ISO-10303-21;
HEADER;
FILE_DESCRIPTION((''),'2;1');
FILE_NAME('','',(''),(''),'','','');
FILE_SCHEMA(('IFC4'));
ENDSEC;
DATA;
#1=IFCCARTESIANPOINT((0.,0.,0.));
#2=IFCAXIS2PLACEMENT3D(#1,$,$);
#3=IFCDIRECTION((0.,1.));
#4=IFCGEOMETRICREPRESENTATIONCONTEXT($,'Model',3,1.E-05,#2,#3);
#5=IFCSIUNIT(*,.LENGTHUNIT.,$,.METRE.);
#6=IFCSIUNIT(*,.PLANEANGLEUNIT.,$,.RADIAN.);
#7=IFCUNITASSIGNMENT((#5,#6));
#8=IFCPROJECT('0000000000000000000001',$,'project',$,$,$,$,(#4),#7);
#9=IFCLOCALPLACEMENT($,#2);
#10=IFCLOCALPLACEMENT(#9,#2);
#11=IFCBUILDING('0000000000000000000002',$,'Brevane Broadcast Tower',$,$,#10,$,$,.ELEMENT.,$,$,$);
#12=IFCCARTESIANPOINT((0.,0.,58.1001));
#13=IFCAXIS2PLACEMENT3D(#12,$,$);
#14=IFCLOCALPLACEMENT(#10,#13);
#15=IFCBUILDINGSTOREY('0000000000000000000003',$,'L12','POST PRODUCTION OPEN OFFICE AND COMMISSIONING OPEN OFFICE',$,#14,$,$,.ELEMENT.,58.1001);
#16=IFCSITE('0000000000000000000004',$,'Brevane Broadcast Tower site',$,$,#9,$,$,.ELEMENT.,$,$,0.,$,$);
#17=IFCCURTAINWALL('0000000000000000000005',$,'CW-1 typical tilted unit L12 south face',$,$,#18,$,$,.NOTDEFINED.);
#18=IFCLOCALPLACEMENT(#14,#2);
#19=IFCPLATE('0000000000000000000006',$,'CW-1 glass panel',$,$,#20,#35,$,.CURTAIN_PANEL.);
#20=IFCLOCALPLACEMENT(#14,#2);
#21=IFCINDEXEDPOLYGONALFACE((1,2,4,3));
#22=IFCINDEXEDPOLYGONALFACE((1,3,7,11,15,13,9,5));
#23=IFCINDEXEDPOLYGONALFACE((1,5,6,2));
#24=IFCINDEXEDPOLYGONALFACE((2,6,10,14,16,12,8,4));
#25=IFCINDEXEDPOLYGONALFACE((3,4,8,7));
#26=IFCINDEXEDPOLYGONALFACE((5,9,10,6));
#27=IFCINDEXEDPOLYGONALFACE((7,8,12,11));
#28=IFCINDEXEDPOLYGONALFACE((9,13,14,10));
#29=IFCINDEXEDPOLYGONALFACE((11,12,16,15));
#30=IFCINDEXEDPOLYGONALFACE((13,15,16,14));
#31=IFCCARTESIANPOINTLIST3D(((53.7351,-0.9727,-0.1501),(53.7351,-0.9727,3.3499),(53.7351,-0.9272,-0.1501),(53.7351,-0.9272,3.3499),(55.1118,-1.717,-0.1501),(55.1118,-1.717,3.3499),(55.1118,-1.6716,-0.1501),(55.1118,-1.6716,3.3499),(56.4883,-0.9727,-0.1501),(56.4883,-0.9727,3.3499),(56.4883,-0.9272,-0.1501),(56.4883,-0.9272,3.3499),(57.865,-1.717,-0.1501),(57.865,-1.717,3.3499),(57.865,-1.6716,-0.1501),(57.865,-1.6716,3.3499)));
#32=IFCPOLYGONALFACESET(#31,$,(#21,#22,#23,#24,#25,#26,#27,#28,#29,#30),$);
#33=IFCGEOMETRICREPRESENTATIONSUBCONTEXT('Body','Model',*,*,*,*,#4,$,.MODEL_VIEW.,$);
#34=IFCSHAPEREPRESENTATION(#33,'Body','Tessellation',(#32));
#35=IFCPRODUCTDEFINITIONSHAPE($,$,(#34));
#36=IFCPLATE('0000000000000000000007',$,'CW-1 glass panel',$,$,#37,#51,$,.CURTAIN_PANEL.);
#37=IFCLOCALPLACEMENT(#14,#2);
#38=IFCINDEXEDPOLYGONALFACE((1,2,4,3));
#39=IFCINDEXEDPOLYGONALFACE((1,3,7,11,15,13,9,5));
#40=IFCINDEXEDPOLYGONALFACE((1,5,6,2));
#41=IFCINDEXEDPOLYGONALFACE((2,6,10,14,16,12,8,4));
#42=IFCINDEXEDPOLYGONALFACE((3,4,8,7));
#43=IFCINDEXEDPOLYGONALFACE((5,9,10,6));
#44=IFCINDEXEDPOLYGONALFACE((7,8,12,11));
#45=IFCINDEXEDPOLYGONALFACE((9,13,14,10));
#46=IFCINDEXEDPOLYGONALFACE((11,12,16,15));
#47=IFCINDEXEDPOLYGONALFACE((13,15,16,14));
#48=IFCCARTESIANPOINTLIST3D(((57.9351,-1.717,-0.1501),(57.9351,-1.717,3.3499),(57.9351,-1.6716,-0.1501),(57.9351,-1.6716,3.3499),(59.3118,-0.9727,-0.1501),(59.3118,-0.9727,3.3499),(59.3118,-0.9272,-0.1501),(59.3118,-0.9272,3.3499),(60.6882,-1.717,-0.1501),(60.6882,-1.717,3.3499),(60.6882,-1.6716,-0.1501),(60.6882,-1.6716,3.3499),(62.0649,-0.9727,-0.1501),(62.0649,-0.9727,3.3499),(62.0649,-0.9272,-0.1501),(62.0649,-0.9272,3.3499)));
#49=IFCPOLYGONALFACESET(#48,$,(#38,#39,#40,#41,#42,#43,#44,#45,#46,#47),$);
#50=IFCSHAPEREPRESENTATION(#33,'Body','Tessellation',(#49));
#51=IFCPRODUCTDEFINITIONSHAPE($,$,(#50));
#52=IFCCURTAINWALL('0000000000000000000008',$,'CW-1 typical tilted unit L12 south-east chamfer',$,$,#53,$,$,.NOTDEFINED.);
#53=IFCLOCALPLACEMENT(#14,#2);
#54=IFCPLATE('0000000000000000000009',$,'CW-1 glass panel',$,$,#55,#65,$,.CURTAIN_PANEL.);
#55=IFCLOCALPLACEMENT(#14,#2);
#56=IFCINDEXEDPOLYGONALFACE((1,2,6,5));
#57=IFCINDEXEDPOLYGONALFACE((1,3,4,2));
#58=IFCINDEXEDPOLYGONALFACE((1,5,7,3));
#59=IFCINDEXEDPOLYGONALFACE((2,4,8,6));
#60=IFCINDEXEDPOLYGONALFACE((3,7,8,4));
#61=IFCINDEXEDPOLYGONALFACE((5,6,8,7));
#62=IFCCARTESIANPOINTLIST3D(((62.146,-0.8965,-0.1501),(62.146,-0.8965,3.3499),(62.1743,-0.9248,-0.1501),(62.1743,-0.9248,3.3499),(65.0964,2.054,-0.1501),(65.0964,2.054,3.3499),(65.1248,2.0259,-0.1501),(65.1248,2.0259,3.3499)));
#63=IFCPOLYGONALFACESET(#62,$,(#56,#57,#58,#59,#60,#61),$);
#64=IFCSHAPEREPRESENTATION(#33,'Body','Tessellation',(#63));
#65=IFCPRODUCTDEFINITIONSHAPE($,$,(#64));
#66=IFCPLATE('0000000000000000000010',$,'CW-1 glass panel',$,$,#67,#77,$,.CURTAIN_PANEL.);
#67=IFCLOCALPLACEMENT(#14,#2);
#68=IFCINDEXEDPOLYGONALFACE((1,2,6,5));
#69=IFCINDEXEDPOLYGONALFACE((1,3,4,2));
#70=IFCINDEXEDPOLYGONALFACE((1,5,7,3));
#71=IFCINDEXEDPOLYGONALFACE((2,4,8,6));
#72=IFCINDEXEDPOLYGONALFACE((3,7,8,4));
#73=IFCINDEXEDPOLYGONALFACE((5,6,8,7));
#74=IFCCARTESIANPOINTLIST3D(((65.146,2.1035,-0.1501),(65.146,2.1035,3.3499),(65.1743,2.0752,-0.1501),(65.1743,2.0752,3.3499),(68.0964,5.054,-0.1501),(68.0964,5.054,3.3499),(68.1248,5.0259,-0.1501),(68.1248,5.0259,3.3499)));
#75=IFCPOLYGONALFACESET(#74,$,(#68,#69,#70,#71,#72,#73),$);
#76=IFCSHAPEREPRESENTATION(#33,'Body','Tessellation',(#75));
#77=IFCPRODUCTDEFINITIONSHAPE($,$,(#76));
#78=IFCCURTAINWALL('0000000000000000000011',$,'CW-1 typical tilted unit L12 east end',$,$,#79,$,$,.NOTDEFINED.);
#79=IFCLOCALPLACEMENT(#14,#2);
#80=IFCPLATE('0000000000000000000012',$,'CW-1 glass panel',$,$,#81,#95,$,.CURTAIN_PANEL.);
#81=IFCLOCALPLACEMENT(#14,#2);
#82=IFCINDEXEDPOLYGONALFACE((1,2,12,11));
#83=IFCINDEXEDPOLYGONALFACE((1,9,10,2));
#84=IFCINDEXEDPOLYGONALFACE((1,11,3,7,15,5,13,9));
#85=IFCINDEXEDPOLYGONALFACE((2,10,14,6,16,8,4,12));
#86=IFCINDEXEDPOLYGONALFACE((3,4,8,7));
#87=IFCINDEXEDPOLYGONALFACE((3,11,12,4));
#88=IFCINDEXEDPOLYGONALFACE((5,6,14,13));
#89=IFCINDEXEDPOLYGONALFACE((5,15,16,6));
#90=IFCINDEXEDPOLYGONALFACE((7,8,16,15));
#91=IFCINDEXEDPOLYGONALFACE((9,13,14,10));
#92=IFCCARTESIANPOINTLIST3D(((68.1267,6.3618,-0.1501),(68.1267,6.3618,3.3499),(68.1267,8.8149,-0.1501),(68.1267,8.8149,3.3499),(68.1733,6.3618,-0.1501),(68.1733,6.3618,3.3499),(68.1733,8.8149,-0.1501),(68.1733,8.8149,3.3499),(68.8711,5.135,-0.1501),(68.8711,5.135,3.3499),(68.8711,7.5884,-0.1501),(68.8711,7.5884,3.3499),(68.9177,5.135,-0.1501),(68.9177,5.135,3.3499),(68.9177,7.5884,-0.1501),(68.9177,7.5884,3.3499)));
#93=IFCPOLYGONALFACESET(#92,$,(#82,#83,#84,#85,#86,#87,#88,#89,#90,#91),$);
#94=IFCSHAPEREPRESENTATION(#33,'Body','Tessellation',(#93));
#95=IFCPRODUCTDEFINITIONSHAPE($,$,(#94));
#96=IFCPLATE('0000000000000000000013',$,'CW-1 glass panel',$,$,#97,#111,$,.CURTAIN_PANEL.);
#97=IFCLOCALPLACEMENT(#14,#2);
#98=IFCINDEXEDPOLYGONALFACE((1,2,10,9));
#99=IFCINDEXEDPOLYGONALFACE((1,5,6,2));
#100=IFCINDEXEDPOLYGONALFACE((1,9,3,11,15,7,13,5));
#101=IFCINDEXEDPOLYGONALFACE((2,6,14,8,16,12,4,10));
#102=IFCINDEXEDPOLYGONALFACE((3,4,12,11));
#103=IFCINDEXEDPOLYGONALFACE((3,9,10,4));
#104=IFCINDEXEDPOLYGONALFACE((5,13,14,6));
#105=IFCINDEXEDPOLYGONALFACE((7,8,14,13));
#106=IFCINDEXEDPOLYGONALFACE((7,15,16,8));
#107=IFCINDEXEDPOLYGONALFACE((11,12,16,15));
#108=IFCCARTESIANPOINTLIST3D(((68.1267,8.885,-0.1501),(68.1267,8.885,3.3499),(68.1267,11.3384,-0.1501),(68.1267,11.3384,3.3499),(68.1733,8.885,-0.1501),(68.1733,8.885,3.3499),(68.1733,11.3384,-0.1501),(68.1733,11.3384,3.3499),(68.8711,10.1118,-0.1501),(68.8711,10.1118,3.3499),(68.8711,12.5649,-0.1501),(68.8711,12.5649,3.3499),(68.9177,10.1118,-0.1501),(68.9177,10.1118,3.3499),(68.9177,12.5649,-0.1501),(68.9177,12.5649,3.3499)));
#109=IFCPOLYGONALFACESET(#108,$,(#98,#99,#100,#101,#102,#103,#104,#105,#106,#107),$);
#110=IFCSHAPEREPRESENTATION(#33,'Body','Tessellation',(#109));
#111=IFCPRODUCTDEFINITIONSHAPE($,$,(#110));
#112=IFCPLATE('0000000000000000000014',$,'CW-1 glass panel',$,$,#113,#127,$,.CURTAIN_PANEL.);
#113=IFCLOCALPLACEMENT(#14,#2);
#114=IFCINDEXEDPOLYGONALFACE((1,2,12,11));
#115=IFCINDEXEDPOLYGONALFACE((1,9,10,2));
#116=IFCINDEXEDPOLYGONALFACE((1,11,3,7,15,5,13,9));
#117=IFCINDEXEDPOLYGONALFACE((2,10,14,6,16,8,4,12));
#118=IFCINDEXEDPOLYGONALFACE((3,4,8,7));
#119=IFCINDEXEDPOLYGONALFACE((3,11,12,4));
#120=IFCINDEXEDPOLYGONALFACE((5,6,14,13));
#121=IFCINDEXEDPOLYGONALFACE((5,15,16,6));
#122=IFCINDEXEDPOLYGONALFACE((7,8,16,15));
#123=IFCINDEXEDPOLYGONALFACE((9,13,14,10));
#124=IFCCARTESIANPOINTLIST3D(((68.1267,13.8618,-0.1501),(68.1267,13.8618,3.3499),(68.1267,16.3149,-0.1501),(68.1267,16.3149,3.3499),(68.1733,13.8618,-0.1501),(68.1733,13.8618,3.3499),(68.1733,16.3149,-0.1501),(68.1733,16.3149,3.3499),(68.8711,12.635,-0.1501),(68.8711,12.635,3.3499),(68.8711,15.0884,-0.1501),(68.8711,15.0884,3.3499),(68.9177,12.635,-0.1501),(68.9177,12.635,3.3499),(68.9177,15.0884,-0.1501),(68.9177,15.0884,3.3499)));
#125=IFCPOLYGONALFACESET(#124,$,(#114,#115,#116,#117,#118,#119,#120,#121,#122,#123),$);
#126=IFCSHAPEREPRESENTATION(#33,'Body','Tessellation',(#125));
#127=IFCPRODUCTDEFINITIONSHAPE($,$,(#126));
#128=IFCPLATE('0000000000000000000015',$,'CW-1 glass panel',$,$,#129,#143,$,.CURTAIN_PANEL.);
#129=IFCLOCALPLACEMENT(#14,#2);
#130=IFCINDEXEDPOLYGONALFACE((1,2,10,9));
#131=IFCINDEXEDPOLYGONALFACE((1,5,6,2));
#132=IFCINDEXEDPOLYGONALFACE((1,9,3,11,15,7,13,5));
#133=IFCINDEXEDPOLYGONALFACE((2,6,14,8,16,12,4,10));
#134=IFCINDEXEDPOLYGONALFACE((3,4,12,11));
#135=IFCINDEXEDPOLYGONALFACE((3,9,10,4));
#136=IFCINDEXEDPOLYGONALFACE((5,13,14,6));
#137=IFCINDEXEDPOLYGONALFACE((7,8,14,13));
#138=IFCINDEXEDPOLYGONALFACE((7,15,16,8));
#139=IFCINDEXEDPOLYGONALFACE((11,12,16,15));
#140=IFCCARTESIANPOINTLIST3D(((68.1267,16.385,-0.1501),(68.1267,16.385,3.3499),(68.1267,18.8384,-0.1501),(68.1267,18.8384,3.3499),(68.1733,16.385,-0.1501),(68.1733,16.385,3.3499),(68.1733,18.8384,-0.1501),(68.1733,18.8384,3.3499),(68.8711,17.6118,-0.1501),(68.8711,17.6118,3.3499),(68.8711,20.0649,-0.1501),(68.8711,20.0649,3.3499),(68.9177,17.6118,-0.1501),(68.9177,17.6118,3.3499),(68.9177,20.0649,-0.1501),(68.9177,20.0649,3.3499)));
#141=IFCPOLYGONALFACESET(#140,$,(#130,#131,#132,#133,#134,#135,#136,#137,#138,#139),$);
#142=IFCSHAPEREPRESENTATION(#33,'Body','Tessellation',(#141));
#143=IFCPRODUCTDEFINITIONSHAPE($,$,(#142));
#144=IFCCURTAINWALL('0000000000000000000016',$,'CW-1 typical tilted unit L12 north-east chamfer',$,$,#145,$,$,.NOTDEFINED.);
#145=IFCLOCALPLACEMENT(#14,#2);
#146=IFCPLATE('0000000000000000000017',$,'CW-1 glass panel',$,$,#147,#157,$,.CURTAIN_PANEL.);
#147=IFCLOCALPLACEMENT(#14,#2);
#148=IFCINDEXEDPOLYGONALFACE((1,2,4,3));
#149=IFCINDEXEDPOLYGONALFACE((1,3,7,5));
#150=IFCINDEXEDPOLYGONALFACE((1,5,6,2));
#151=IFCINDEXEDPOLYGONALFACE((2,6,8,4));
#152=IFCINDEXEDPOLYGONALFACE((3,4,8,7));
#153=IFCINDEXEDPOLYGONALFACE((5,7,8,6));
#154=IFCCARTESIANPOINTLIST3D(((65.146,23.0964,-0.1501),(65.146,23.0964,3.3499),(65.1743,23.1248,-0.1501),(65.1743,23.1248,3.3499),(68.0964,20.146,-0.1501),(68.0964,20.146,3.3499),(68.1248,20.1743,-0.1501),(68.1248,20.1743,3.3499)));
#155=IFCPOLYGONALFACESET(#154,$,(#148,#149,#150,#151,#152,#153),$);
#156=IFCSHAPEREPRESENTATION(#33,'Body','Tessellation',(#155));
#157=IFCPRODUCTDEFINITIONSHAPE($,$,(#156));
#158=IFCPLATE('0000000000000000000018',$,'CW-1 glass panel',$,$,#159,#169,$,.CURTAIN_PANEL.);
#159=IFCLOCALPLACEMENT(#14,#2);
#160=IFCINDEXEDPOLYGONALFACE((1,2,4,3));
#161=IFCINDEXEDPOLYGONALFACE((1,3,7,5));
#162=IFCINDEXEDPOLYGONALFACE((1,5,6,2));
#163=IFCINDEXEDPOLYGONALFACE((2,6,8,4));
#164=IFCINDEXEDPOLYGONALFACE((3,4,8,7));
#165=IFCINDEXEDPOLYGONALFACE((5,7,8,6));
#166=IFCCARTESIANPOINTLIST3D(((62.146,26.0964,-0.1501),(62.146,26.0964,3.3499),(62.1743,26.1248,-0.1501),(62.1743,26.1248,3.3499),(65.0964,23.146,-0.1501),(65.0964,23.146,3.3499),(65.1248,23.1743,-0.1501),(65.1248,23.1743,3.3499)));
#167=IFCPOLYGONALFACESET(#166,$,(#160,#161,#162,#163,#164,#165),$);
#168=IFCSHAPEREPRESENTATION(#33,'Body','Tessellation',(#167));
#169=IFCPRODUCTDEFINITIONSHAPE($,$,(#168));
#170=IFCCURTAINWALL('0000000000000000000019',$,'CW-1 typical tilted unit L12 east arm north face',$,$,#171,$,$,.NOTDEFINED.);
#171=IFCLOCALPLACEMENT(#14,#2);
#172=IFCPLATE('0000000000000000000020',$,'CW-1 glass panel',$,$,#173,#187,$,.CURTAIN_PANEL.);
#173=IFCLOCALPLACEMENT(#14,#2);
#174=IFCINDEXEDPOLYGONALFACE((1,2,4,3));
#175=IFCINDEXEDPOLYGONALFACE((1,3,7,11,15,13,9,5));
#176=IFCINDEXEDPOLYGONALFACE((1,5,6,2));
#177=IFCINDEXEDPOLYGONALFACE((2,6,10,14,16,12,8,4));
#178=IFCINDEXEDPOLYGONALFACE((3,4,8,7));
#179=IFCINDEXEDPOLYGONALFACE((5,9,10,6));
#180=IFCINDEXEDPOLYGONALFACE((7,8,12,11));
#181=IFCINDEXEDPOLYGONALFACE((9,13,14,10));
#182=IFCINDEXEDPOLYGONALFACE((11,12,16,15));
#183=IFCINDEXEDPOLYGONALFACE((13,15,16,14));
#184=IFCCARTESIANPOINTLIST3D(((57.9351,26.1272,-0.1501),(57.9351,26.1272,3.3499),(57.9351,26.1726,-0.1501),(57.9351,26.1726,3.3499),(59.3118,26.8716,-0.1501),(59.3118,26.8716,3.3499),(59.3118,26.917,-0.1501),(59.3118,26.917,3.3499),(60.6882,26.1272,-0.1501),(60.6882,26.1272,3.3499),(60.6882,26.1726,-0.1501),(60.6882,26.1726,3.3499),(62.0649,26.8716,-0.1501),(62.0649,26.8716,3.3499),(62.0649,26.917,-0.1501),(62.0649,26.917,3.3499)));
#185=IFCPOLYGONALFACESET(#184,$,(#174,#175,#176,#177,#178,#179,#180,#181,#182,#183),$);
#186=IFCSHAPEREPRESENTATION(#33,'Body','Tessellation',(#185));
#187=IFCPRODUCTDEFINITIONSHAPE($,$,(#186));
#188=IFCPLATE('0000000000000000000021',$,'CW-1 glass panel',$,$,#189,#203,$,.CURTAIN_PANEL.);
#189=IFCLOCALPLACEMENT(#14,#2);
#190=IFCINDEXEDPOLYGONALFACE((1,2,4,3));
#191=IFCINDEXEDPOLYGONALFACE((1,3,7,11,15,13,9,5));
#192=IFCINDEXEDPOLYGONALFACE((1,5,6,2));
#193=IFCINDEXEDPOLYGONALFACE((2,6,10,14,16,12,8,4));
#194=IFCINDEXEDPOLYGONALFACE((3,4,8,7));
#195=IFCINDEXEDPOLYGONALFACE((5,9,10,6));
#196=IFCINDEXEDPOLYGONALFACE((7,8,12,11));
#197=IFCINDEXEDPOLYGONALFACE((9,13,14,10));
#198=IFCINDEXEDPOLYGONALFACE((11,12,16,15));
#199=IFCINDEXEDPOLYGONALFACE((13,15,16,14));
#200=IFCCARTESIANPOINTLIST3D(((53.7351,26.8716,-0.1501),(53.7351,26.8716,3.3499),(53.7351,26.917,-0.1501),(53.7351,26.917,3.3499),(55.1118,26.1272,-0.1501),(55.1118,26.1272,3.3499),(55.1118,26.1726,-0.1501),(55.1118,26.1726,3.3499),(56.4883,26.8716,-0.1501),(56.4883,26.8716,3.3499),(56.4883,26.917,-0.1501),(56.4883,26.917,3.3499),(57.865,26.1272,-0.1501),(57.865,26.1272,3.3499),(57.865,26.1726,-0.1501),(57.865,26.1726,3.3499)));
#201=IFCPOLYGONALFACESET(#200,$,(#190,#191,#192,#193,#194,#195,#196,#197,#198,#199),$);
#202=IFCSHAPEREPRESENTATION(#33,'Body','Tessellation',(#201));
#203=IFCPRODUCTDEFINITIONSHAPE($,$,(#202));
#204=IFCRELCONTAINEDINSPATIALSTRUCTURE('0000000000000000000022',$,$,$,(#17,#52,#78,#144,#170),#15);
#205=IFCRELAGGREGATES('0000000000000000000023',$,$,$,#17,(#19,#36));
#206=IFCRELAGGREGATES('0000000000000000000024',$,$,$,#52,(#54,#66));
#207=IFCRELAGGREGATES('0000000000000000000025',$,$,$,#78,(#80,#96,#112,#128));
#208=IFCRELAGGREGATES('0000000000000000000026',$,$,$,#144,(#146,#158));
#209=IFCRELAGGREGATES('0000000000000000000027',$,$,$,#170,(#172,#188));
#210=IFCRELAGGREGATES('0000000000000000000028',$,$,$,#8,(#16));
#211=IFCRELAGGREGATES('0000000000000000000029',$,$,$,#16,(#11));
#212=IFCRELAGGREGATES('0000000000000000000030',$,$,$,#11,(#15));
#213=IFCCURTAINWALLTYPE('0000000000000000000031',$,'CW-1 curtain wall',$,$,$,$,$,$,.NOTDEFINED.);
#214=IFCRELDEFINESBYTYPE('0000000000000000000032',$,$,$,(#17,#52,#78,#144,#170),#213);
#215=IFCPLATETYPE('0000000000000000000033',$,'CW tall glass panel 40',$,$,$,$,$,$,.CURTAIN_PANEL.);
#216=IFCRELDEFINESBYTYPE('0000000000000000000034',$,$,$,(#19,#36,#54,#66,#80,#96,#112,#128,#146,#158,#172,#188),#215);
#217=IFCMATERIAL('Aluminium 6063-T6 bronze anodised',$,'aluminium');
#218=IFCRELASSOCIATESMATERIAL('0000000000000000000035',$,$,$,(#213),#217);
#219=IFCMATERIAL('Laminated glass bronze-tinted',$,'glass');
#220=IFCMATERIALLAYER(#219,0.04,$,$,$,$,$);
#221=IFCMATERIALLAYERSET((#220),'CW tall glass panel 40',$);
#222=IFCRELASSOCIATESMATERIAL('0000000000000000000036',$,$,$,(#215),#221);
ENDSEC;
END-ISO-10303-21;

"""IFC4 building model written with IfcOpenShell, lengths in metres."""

from ifc_helpers import new_model, si_unit, direction, frame, origin, place, context, subcontext, project, spatial, polyline, outline, extrude, material, layer, layer_set, type_object, element, aggregate, save


model = new_model("IFC4")

# Units and contexts
model_context = context("Model", 3, precision=1e-05, world=origin(), true_north=direction((0.0, 1.0)))
body_context = subcontext(model_context, "Body", "Model", "MODEL_VIEW")
ifc_project = project(units=[si_unit("LENGTHUNIT", "METRE"), si_unit("PLANEANGLEUNIT", "RADIAN")], contexts=[model_context])

# Site, building, storey
site_placement = place(None, origin())
site = spatial("IfcSite", under=ifc_project, at=site_placement, Name="Brevane Broadcast Tower site", CompositionType="ELEMENT", RefElevation=0.0)
building_placement = place(site_placement, origin())
building = spatial("IfcBuilding", under=site, at=building_placement, Name="Brevane Broadcast Tower", CompositionType="ELEMENT")
storey_placement = place(building_placement, frame((0.0, 0.0, 58.1001)))
storey = spatial("IfcBuildingStorey", under=building, at=storey_placement, Name="L12", Description="POST PRODUCTION OPEN OFFICE AND COMMISSIONING OPEN OFFICE", CompositionType="ELEMENT", Elevation=58.1001)

# Curtain walls, plates
ifc_material_1 = material(Name="Aluminium 6063-T6 bronze anodised", Category="aluminium")
curtain_wall_type = type_object("IfcCurtainWallType", Name="CW-1 curtain wall", PredefinedType="NOTDEFINED", material=ifc_material_1)
curtain_wall_1_placement = place(storey_placement, origin())
curtain_wall_1 = element("IfcCurtainWall", 1, at=curtain_wall_1_placement, inside=storey, type_object=curtain_wall_type, Name="CW-1 typical tilted unit L12 south face", PredefinedType="NOTDEFINED")
ifc_material_2 = material(Name="Laminated glass bronze-tinted", Category="glass")
ifc_layer = layer(ifc_material_2, 0.04)
ifc_layer_set = layer_set([ifc_layer], Name="CW tall glass panel 40")
plate_type = type_object("IfcPlateType", Name="CW tall glass panel 40", PredefinedType="CURTAIN_PANEL", material=ifc_layer_set)
plate_1_placement = place(storey_placement, frame((0.0, 0.0, -0.1501)))
plate_1 = element("IfcPlate", 2, at=plate_1_placement, type_object=plate_type, Name="CW-1 glass panel", PredefinedType="CURTAIN_PANEL", context=body_context, shape_type="SweptSolid", body=[
    extrude(outline(polyline([(53.7351, -0.9272), (53.7351, -0.9727), (55.1118, -1.717), (56.4883, -0.9727), (57.865, -1.717), (57.865, -1.6716), (56.4883, -0.9272), (55.1118, -1.6716), (53.7351, -0.9272)])), origin(), (0.0, 0.0, 1.0), 3.5),
])
plate_2_placement = place(storey_placement, frame((0.0, 0.0, -0.1501)))
plate_2 = element("IfcPlate", 3, at=plate_2_placement, type_object=plate_type, Name="CW-1 glass panel", PredefinedType="CURTAIN_PANEL", context=body_context, shape_type="SweptSolid", body=[
    extrude(outline(polyline([(57.9351, -1.6716), (57.9351, -1.717), (59.3118, -0.9727), (60.6882, -1.717), (62.0649, -0.9727), (62.0649, -0.9272), (60.6882, -1.6716), (59.3118, -0.9272), (57.9351, -1.6716)])), origin(), (0.0, 0.0, 1.0), 3.5),
])
aggregate(curtain_wall_1, [plate_1, plate_2])
curtain_wall_2_placement = place(storey_placement, origin())
curtain_wall_2 = element("IfcCurtainWall", 4, at=curtain_wall_2_placement, inside=storey, type_object=curtain_wall_type, Name="CW-1 typical tilted unit L12 south-east chamfer", PredefinedType="NOTDEFINED")
plate_3_placement = place(storey_placement, frame((0.0, 0.0, -0.1501)))
plate_3 = element("IfcPlate", 5, at=plate_3_placement, type_object=plate_type, Name="CW-1 glass panel", PredefinedType="CURTAIN_PANEL", context=body_context, shape_type="SweptSolid", body=[
    extrude(outline(polyline([(62.146, -0.8965), (65.0964, 2.054), (65.1248, 2.0259), (62.1743, -0.9248), (62.146, -0.8965)])), origin(), (0.0, 0.0, 1.0), 3.5),
])
plate_4_placement = place(storey_placement, frame((0.0, 0.0, -0.1501)))
plate_4 = element("IfcPlate", 6, at=plate_4_placement, type_object=plate_type, Name="CW-1 glass panel", PredefinedType="CURTAIN_PANEL", context=body_context, shape_type="SweptSolid", body=[
    extrude(outline(polyline([(65.146, 2.1035), (68.0964, 5.054), (68.1248, 5.0259), (65.1743, 2.0752), (65.146, 2.1035)])), origin(), (0.0, 0.0, 1.0), 3.5),
])
aggregate(curtain_wall_2, [plate_3, plate_4])
curtain_wall_3_placement = place(storey_placement, origin())
curtain_wall_3 = element("IfcCurtainWall", 7, at=curtain_wall_3_placement, inside=storey, type_object=curtain_wall_type, Name="CW-1 typical tilted unit L12 east end", PredefinedType="NOTDEFINED")
plate_5_placement = place(storey_placement, frame((0.0, 0.0, -0.1501)))
plate_5 = element("IfcPlate", 8, at=plate_5_placement, type_object=plate_type, Name="CW-1 glass panel", PredefinedType="CURTAIN_PANEL", context=body_context, shape_type="SweptSolid", body=[
    extrude(outline(polyline([(68.8711, 5.135), (68.9177, 5.135), (68.1733, 6.3618), (68.9177, 7.5884), (68.1733, 8.8149), (68.1267, 8.8149), (68.8711, 7.5884), (68.1267, 6.3618), (68.8711, 5.135)])), origin(), (0.0, 0.0, 1.0), 3.5),
])
plate_6_placement = place(storey_placement, frame((0.0, 0.0, -0.1501)))
plate_6 = element("IfcPlate", 9, at=plate_6_placement, type_object=plate_type, Name="CW-1 glass panel", PredefinedType="CURTAIN_PANEL", context=body_context, shape_type="SweptSolid", body=[
    extrude(outline(polyline([(68.1267, 8.885), (68.1733, 8.885), (68.9177, 10.1118), (68.1733, 11.3384), (68.9177, 12.5649), (68.8711, 12.5649), (68.1267, 11.3384), (68.8711, 10.1118), (68.1267, 8.885)])), origin(), (0.0, 0.0, 1.0), 3.5),
])
plate_7_placement = place(storey_placement, frame((0.0, 0.0, -0.1501)))
plate_7 = element("IfcPlate", 10, at=plate_7_placement, type_object=plate_type, Name="CW-1 glass panel", PredefinedType="CURTAIN_PANEL", context=body_context, shape_type="SweptSolid", body=[
    extrude(outline(polyline([(68.8711, 12.635), (68.9177, 12.635), (68.1733, 13.8618), (68.9177, 15.0884), (68.1733, 16.3149), (68.1267, 16.3149), (68.8711, 15.0884), (68.1267, 13.8618), (68.8711, 12.635)])), origin(), (0.0, 0.0, 1.0), 3.5),
])
plate_8_placement = place(storey_placement, frame((0.0, 0.0, -0.1501)))
plate_8 = element("IfcPlate", 11, at=plate_8_placement, type_object=plate_type, Name="CW-1 glass panel", PredefinedType="CURTAIN_PANEL", context=body_context, shape_type="SweptSolid", body=[
    extrude(outline(polyline([(68.1267, 16.385), (68.1733, 16.385), (68.9177, 17.6118), (68.1733, 18.8384), (68.9177, 20.0649), (68.8711, 20.0649), (68.1267, 18.8384), (68.8711, 17.6118), (68.1267, 16.385)])), origin(), (0.0, 0.0, 1.0), 3.5),
])
aggregate(curtain_wall_3, [plate_5, plate_6, plate_7, plate_8])
curtain_wall_4_placement = place(storey_placement, origin())
curtain_wall_4 = element("IfcCurtainWall", 12, at=curtain_wall_4_placement, inside=storey, type_object=curtain_wall_type, Name="CW-1 typical tilted unit L12 north-east chamfer", PredefinedType="NOTDEFINED")
plate_9_placement = place(storey_placement, frame((0.0, 0.0, -0.1501)))
plate_9 = element("IfcPlate", 13, at=plate_9_placement, type_object=plate_type, Name="CW-1 glass panel", PredefinedType="CURTAIN_PANEL", context=body_context, shape_type="SweptSolid", body=[
    extrude(outline(polyline([(68.0964, 20.146), (65.146, 23.0964), (65.1743, 23.1248), (68.1248, 20.1743), (68.0964, 20.146)])), origin(), (0.0, 0.0, 1.0), 3.5),
])
plate_10_placement = place(storey_placement, frame((0.0, 0.0, -0.1501)))
plate_10 = element("IfcPlate", 14, at=plate_10_placement, type_object=plate_type, Name="CW-1 glass panel", PredefinedType="CURTAIN_PANEL", context=body_context, shape_type="SweptSolid", body=[
    extrude(outline(polyline([(65.0964, 23.146), (62.146, 26.0964), (62.1743, 26.1248), (65.1248, 23.1743), (65.0964, 23.146)])), origin(), (0.0, 0.0, 1.0), 3.5),
])
aggregate(curtain_wall_4, [plate_9, plate_10])
curtain_wall_5_placement = place(storey_placement, origin())
curtain_wall_5 = element("IfcCurtainWall", 15, at=curtain_wall_5_placement, inside=storey, type_object=curtain_wall_type, Name="CW-1 typical tilted unit L12 east arm north face", PredefinedType="NOTDEFINED")
plate_11_placement = place(storey_placement, frame((0.0, 0.0, -0.1501)))
plate_11 = element("IfcPlate", 16, at=plate_11_placement, type_object=plate_type, Name="CW-1 glass panel", PredefinedType="CURTAIN_PANEL", context=body_context, shape_type="SweptSolid", body=[
    extrude(outline(polyline([(62.0649, 26.8716), (62.0649, 26.917), (60.6882, 26.1726), (59.3118, 26.917), (57.9351, 26.1726), (57.9351, 26.1272), (59.3118, 26.8716), (60.6882, 26.1272), (62.0649, 26.8716)])), origin(), (0.0, 0.0, 1.0), 3.5),
])
plate_12_placement = place(storey_placement, frame((0.0, 0.0, -0.1501)))
plate_12 = element("IfcPlate", 17, at=plate_12_placement, type_object=plate_type, Name="CW-1 glass panel", PredefinedType="CURTAIN_PANEL", context=body_context, shape_type="SweptSolid", body=[
    extrude(outline(polyline([(57.865, 26.1272), (57.865, 26.1726), (56.4883, 26.917), (55.1118, 26.1726), (53.7351, 26.917), (53.7351, 26.8716), (55.1118, 26.1272), (56.4883, 26.8716), (57.865, 26.1272)])), origin(), (0.0, 0.0, 1.0), 3.5),
])
aggregate(curtain_wall_5, [plate_11, plate_12])

save(model, "model.ifc")
